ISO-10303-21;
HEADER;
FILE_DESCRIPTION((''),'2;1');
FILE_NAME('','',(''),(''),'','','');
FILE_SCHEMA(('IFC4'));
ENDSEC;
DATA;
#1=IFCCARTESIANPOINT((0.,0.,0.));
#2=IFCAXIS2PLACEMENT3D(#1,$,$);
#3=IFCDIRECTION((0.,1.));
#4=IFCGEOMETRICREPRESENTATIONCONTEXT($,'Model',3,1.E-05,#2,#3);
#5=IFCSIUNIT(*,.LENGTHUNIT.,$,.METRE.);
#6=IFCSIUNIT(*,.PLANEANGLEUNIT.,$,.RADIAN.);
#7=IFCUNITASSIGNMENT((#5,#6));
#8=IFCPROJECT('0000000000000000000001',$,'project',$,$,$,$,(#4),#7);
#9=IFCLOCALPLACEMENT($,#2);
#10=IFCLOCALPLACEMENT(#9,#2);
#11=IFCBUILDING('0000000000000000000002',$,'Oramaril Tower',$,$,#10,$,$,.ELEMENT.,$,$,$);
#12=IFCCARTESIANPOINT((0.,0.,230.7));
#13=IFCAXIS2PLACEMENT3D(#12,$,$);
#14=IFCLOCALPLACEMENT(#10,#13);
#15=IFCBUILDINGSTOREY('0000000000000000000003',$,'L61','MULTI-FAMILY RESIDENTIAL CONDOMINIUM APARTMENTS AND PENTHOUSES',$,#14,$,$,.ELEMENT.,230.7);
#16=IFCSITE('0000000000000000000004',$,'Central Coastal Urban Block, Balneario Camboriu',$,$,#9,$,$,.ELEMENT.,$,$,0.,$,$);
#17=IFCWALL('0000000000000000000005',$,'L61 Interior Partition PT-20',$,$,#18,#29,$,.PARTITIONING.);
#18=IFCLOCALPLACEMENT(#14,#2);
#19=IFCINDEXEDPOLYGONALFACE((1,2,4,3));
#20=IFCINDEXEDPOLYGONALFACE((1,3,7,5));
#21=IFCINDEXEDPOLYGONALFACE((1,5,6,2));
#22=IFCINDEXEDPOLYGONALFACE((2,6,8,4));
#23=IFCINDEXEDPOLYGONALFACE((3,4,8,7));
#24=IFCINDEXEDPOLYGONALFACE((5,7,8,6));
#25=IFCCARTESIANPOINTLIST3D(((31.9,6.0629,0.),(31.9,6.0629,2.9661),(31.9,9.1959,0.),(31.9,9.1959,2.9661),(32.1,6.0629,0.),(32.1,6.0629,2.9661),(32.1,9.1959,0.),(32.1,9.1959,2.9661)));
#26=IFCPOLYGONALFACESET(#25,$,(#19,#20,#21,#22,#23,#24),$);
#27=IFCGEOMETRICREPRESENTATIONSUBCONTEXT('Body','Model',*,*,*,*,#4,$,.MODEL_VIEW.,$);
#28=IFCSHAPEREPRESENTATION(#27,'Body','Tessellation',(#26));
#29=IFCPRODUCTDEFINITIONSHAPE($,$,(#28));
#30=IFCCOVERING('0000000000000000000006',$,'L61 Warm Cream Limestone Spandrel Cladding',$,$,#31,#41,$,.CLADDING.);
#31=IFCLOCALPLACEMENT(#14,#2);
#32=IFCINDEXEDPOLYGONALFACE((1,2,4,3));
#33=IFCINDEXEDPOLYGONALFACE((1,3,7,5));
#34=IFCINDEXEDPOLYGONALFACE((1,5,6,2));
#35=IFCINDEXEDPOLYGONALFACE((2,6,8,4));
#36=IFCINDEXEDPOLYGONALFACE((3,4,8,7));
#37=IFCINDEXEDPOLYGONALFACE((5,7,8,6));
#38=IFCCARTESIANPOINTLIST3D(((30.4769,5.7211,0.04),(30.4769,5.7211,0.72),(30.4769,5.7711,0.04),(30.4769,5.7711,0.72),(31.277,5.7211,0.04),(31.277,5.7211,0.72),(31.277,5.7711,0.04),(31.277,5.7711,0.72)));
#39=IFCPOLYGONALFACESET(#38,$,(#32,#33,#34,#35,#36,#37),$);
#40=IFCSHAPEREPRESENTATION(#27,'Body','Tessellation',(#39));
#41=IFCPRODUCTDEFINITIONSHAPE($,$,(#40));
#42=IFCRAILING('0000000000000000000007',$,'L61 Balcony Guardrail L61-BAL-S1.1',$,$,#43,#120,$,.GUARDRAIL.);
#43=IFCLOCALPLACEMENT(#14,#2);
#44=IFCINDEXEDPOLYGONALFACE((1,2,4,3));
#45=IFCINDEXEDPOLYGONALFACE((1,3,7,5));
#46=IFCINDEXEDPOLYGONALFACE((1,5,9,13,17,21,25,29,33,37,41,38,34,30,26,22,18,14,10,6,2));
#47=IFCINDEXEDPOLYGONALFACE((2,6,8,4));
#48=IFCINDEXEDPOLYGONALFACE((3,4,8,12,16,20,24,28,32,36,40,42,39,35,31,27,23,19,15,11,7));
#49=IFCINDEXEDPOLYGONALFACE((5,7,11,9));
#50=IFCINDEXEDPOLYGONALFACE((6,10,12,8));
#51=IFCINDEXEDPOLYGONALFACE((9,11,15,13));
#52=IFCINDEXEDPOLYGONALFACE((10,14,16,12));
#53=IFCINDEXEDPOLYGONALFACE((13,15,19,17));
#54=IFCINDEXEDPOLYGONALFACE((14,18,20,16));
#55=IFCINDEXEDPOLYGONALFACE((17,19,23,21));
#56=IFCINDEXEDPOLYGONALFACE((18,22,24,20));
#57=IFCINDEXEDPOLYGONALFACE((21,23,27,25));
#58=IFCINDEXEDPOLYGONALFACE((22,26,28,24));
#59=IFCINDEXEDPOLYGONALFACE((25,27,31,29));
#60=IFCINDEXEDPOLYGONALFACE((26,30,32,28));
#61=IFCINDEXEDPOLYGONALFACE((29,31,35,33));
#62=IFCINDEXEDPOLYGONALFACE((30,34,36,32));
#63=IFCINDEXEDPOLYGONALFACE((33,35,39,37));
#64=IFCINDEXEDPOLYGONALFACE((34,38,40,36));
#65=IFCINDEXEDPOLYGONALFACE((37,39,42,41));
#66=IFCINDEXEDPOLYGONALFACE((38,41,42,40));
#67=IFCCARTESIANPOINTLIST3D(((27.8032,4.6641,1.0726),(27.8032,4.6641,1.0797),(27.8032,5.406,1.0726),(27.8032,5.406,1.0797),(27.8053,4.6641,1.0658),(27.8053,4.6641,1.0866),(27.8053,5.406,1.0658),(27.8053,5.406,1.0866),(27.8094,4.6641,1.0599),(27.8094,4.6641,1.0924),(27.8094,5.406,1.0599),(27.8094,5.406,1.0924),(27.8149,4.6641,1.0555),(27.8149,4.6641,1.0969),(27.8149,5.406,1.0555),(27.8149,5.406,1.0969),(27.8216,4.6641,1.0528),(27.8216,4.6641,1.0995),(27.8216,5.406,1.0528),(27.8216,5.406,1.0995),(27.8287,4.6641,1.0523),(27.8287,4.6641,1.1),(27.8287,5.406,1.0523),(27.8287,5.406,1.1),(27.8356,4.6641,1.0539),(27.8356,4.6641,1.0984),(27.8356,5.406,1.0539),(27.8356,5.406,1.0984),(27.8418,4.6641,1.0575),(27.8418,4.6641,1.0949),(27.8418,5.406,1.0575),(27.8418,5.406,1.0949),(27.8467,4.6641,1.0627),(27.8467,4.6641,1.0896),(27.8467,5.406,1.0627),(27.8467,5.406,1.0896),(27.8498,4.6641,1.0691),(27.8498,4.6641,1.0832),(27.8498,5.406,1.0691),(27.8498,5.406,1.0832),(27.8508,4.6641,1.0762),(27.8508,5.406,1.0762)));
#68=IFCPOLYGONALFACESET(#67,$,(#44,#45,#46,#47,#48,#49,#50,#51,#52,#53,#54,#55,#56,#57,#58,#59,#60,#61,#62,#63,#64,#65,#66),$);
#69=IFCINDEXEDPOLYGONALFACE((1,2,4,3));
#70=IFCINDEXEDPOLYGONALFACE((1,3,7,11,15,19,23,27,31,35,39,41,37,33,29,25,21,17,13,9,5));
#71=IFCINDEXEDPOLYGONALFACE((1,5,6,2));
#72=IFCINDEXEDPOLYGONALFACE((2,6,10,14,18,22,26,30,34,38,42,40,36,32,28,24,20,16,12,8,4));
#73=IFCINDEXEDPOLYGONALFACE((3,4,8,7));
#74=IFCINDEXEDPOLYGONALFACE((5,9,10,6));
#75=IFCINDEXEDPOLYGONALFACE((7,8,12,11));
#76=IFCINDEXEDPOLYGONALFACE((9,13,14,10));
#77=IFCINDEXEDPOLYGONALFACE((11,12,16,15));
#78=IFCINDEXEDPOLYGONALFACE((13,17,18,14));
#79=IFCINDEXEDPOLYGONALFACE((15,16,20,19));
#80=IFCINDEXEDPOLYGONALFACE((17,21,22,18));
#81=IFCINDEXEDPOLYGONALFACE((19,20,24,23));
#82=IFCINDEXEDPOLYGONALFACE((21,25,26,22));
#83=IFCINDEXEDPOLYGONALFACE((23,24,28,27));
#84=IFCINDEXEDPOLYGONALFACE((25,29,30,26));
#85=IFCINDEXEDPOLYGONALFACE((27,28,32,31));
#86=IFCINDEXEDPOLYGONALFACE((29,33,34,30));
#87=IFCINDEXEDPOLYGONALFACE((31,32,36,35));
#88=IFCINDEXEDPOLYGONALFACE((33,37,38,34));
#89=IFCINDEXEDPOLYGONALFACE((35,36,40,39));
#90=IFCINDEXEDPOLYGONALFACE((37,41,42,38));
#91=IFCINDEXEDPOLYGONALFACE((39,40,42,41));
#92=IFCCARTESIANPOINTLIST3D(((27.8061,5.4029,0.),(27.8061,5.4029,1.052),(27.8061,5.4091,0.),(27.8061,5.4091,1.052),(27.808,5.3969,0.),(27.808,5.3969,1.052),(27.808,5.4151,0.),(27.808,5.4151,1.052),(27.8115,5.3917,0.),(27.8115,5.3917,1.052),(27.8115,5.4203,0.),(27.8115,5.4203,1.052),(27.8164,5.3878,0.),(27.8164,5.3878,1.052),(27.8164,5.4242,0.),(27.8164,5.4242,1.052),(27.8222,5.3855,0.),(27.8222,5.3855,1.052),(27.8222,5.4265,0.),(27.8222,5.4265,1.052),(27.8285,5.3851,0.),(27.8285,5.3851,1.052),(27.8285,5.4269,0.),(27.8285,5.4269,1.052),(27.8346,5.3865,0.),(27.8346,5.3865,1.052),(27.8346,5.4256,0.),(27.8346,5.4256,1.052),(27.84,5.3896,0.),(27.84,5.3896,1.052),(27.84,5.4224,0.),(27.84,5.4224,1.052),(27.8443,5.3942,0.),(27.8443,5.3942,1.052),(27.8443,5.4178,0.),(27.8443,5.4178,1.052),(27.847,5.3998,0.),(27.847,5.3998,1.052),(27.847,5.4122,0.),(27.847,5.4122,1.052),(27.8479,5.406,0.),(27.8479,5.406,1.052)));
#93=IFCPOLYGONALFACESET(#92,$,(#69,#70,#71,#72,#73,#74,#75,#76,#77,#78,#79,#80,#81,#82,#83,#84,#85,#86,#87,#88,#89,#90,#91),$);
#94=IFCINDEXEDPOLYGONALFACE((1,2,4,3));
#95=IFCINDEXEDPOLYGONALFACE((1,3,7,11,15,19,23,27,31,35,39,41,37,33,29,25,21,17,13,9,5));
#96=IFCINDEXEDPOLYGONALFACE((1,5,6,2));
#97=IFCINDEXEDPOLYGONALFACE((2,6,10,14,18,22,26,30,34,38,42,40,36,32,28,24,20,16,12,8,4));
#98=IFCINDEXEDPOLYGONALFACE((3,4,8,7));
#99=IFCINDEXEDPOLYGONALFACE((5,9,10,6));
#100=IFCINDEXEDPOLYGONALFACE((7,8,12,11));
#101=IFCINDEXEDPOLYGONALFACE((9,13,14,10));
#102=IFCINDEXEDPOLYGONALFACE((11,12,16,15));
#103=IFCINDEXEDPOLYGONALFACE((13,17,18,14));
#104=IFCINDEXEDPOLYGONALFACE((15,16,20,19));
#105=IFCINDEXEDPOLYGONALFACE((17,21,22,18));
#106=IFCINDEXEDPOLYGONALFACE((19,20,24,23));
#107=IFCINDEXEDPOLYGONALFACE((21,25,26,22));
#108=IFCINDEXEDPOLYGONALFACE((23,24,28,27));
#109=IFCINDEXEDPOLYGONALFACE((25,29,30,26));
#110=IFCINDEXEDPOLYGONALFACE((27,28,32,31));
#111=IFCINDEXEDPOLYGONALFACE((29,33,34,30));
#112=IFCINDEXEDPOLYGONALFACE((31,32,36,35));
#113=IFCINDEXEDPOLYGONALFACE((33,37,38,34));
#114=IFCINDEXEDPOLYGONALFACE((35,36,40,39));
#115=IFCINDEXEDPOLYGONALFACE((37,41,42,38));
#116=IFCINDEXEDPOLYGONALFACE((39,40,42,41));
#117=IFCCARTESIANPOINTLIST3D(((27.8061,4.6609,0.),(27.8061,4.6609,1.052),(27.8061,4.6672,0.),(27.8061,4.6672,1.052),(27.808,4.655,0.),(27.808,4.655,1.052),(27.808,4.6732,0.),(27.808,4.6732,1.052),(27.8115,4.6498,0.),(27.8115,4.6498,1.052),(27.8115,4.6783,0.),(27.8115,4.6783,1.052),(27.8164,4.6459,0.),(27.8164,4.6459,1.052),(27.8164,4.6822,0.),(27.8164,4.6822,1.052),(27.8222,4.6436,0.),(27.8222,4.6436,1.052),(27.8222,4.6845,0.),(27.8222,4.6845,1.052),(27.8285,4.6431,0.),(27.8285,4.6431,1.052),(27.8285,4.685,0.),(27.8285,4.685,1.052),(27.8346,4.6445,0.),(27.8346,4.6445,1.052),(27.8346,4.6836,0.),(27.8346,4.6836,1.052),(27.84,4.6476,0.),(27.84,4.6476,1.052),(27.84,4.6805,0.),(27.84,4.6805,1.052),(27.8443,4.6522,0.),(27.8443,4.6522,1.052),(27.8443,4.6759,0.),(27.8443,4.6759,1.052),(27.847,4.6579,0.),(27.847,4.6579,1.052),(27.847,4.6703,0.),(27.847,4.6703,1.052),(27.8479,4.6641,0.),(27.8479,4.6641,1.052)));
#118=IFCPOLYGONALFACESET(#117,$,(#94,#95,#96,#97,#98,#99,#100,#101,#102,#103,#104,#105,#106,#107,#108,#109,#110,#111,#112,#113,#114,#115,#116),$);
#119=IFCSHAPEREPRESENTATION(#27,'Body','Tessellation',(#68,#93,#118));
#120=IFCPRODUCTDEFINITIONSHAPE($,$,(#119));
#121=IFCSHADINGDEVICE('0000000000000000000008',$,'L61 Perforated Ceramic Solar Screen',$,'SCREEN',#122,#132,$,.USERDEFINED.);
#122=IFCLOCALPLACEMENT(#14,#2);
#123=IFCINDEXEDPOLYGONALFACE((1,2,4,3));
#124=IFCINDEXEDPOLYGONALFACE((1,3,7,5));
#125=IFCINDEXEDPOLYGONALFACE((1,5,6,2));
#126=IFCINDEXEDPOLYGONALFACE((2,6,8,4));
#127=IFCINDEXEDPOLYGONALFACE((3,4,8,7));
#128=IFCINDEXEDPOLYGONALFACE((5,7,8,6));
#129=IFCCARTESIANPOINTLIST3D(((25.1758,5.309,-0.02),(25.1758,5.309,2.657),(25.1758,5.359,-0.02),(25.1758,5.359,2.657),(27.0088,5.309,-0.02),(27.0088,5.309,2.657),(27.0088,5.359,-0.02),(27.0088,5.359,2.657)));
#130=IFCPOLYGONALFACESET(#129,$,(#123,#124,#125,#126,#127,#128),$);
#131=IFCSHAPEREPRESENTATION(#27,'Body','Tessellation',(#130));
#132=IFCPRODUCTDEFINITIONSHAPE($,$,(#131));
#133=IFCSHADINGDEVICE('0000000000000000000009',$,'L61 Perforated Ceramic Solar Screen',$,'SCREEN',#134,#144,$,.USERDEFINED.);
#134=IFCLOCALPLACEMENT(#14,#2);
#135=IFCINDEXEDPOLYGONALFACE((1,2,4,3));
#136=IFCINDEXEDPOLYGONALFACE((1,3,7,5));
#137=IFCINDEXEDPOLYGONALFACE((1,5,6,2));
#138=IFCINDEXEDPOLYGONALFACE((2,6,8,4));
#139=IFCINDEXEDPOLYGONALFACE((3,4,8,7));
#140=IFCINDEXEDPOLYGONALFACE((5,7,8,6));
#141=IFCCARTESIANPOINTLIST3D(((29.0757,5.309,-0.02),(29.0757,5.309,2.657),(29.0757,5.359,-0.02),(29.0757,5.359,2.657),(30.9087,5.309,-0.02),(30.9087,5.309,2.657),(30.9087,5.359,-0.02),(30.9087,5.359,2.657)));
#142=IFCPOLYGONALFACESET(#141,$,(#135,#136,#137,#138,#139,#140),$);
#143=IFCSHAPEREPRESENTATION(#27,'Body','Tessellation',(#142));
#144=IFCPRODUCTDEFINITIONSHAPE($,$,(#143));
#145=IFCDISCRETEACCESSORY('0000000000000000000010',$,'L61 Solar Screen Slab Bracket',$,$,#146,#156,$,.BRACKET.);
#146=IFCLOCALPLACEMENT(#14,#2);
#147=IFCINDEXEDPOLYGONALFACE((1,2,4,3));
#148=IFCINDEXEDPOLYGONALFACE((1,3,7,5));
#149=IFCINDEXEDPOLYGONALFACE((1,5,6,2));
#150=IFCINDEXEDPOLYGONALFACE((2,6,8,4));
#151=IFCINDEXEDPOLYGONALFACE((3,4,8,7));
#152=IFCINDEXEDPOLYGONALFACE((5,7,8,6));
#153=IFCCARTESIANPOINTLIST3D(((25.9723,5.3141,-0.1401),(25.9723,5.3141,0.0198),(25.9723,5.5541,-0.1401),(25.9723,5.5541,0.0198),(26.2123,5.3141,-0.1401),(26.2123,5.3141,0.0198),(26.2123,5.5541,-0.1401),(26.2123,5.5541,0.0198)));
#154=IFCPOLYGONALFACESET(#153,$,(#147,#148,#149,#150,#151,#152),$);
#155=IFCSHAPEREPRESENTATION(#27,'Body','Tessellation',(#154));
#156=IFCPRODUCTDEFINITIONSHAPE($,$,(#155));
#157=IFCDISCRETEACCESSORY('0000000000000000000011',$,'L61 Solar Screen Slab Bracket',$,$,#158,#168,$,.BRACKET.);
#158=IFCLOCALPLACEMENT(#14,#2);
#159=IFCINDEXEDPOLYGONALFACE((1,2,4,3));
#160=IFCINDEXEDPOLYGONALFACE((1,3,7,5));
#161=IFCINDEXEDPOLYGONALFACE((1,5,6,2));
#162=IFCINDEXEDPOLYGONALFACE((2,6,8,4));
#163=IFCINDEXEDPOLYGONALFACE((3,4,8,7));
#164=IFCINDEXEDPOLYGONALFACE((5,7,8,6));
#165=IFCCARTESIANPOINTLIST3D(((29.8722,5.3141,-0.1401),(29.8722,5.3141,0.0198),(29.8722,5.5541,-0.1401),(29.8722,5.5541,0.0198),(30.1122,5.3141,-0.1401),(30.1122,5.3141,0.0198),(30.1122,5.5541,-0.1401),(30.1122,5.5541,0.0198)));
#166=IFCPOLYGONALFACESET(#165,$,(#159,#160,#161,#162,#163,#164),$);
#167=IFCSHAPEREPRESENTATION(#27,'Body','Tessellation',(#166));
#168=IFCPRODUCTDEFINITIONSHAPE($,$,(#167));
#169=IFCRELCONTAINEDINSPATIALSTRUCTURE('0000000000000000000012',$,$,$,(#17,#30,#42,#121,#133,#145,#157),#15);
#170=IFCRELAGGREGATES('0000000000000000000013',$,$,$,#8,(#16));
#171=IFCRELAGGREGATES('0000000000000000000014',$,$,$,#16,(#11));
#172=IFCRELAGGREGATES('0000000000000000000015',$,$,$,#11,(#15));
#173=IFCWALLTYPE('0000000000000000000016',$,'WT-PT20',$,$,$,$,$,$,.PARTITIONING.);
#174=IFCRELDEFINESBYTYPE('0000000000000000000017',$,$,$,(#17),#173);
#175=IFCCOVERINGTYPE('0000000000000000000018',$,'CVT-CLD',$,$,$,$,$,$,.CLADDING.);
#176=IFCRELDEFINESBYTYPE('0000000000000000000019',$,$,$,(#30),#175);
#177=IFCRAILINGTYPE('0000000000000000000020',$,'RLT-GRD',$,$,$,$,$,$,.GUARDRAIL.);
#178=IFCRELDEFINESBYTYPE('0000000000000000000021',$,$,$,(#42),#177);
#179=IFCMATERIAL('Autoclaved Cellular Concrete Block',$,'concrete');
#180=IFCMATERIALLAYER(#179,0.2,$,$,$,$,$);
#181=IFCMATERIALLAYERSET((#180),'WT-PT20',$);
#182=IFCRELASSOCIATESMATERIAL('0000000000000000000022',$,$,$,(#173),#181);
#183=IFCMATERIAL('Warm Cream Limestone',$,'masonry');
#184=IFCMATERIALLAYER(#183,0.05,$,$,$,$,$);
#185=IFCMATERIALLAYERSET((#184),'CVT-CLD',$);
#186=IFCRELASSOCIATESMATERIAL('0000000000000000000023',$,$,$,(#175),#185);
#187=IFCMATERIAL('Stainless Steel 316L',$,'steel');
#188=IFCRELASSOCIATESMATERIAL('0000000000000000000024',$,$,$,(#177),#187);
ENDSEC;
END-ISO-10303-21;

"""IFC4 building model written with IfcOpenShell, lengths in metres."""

from ifc_helpers import new_model, si_unit, direction, frame, frame_2d, origin, origin_2d, place, context, subcontext, project, spatial, rectangle, circle, extrude, material, layer, layer_set, type_object, element, save


model = new_model("IFC4")

# Units and contexts
model_context = context("Model", 3, precision=1e-05, world=origin(), true_north=direction((0.0, 1.0)))
body_context = subcontext(model_context, "Body", "Model", "MODEL_VIEW")
ifc_project = project(units=[si_unit("LENGTHUNIT", "METRE"), si_unit("PLANEANGLEUNIT", "RADIAN")], contexts=[model_context])

# Site, building, storey
site_placement = place(None, origin())
site = spatial("IfcSite", under=ifc_project, at=site_placement, Name="Central Coastal Urban Block, Balneario Camboriu", CompositionType="ELEMENT", RefElevation=0.0)
building_placement = place(site_placement, origin())
building = spatial("IfcBuilding", under=site, at=building_placement, Name="Oramaril Tower", CompositionType="ELEMENT")
storey_placement = place(building_placement, frame((0.0, 0.0, 230.7)))
storey = spatial("IfcBuildingStorey", under=building, at=storey_placement, Name="L61", Description="MULTI-FAMILY RESIDENTIAL CONDOMINIUM APARTMENTS AND PENTHOUSES", CompositionType="ELEMENT", Elevation=230.7)

# Shared definitions
ifc_material_1 = material(Name="Autoclaved Cellular Concrete Block", Category="concrete")
ifc_layer_1 = layer(ifc_material_1, 0.2)
ifc_layer_set_1 = layer_set([ifc_layer_1], Name="WT-PT20")
wall_type = type_object("IfcWallType", Name="WT-PT20", PredefinedType="PARTITIONING", material=ifc_layer_set_1)

# Wall
wall_1_placement = place(storey_placement, frame((32.0, 6.063, 0.0), z_axis=(0.0, 0.0, 1.0), x_axis=(0.0, 1.0, 0.0)))
element("IfcWall", 1, at=wall_1_placement, inside=storey, type_object=wall_type, Name="L61 Interior Partition PT-20", PredefinedType="PARTITIONING", context=body_context, shape_type="SweptSolid", body=[
    extrude(rectangle(XDim=3.1331, YDim=0.2, at=frame_2d((1.5664, 0.0))), origin(), (0.0, 0.0, 1.0), 2.9661),
])

# Covering
ifc_material_2 = material(Name="Warm Cream Limestone", Category="masonry")
ifc_layer_2 = layer(ifc_material_2, 0.05)
ifc_layer_set_2 = layer_set([ifc_layer_2], Name="CVT-CLD")
covering_type = type_object("IfcCoveringType", Name="CVT-CLD", PredefinedType="CLADDING", material=ifc_layer_set_2)
covering_placement = place(storey_placement, frame((30.877, 5.7461, 0.04), z_axis=(0.0, 0.0, 1.0), x_axis=(1.0, 0.0, 0.0)))
element("IfcCovering", 2, at=covering_placement, inside=storey, type_object=covering_type, Name="L61 Warm Cream Limestone Spandrel Cladding", PredefinedType="CLADDING", context=body_context, shape_type="SweptSolid", body=[
    extrude(rectangle(XDim=0.8, YDim=0.05, at=origin_2d()), origin(), (0.0, 0.0, 1.0), 0.6799),
])

# Railing
ifc_material_3 = material(Name="Stainless Steel 316L", Category="steel")
railing_type = type_object("IfcRailingType", Name="RLT-GRD", PredefinedType="GUARDRAIL", material=ifc_material_3)
railing_1_placement = place(storey_placement, frame((27.8269, 5.406, 0.0)))
element("IfcRailing", 3, at=railing_1_placement, inside=storey, type_object=railing_type, Name="L61 Balcony Guardrail L61-BAL-S1.1", PredefinedType="GUARDRAIL", context=body_context, shape_type="SweptSolid", body=[
    extrude(circle(Radius=0.0239, at=origin_2d()), frame((0.0, 0.0, 1.0762), z_axis=(0.0, -1.0, 0.0), x_axis=(1.0, 0.0, 0.0)), (0.0, 0.0, 1.0), 0.7419),
    extrude(circle(Radius=0.021, at=origin_2d()), origin(), (0.0, 0.0, 1.0), 1.052),
    extrude(circle(Radius=0.021, at=origin_2d()), frame((0.0, -0.7419, 0.0)), (0.0, 0.0, 1.0), 1.052),
])

# Shading devices
for number, where, z_axis, x_axis, name in (
    (4, (26.0923, 5.334, -0.02), (0.0, 0.0, 1.0), (1.0, 0.0, 0.0), "L61 Perforated Ceramic Solar Screen"),
    (5, (29.9922, 5.334, -0.02), (0.0, 0.0, 1.0), (1.0, 0.0, 0.0), "L61 Perforated Ceramic Solar Screen"),
):
    element("IfcShadingDevice", number, at=place(storey_placement, frame(where, z_axis=z_axis, x_axis=x_axis)), inside=storey, Name=name, ObjectType="SCREEN", PredefinedType="USERDEFINED", context=body_context, shape_type="SweptSolid", body=[
        extrude(rectangle(XDim=1.833, YDim=0.05, at=origin_2d()), origin(), (0.0, 0.0, 1.0), 2.677),
    ])

# Discrete accessories
for number, where, z_axis, x_axis, name in (
    (6, (26.0923, 5.4341, -0.1401), (0.0, 0.0, 1.0), (1.0, 0.0, 0.0), "L61 Solar Screen Slab Bracket"),
    (7, (29.9922, 5.4341, -0.1401), (0.0, 0.0, 1.0), (1.0, 0.0, 0.0), "L61 Solar Screen Slab Bracket"),
):
    element("IfcDiscreteAccessory", number, at=place(storey_placement, frame(where, z_axis=z_axis, x_axis=x_axis)), inside=storey, Name=name, PredefinedType="BRACKET", context=body_context, shape_type="SweptSolid", body=[
        extrude(rectangle(XDim=0.24, YDim=0.24, at=origin_2d()), origin(), (0.0, 0.0, 1.0), 0.1599),
    ])

save(model, "model.ifc")
